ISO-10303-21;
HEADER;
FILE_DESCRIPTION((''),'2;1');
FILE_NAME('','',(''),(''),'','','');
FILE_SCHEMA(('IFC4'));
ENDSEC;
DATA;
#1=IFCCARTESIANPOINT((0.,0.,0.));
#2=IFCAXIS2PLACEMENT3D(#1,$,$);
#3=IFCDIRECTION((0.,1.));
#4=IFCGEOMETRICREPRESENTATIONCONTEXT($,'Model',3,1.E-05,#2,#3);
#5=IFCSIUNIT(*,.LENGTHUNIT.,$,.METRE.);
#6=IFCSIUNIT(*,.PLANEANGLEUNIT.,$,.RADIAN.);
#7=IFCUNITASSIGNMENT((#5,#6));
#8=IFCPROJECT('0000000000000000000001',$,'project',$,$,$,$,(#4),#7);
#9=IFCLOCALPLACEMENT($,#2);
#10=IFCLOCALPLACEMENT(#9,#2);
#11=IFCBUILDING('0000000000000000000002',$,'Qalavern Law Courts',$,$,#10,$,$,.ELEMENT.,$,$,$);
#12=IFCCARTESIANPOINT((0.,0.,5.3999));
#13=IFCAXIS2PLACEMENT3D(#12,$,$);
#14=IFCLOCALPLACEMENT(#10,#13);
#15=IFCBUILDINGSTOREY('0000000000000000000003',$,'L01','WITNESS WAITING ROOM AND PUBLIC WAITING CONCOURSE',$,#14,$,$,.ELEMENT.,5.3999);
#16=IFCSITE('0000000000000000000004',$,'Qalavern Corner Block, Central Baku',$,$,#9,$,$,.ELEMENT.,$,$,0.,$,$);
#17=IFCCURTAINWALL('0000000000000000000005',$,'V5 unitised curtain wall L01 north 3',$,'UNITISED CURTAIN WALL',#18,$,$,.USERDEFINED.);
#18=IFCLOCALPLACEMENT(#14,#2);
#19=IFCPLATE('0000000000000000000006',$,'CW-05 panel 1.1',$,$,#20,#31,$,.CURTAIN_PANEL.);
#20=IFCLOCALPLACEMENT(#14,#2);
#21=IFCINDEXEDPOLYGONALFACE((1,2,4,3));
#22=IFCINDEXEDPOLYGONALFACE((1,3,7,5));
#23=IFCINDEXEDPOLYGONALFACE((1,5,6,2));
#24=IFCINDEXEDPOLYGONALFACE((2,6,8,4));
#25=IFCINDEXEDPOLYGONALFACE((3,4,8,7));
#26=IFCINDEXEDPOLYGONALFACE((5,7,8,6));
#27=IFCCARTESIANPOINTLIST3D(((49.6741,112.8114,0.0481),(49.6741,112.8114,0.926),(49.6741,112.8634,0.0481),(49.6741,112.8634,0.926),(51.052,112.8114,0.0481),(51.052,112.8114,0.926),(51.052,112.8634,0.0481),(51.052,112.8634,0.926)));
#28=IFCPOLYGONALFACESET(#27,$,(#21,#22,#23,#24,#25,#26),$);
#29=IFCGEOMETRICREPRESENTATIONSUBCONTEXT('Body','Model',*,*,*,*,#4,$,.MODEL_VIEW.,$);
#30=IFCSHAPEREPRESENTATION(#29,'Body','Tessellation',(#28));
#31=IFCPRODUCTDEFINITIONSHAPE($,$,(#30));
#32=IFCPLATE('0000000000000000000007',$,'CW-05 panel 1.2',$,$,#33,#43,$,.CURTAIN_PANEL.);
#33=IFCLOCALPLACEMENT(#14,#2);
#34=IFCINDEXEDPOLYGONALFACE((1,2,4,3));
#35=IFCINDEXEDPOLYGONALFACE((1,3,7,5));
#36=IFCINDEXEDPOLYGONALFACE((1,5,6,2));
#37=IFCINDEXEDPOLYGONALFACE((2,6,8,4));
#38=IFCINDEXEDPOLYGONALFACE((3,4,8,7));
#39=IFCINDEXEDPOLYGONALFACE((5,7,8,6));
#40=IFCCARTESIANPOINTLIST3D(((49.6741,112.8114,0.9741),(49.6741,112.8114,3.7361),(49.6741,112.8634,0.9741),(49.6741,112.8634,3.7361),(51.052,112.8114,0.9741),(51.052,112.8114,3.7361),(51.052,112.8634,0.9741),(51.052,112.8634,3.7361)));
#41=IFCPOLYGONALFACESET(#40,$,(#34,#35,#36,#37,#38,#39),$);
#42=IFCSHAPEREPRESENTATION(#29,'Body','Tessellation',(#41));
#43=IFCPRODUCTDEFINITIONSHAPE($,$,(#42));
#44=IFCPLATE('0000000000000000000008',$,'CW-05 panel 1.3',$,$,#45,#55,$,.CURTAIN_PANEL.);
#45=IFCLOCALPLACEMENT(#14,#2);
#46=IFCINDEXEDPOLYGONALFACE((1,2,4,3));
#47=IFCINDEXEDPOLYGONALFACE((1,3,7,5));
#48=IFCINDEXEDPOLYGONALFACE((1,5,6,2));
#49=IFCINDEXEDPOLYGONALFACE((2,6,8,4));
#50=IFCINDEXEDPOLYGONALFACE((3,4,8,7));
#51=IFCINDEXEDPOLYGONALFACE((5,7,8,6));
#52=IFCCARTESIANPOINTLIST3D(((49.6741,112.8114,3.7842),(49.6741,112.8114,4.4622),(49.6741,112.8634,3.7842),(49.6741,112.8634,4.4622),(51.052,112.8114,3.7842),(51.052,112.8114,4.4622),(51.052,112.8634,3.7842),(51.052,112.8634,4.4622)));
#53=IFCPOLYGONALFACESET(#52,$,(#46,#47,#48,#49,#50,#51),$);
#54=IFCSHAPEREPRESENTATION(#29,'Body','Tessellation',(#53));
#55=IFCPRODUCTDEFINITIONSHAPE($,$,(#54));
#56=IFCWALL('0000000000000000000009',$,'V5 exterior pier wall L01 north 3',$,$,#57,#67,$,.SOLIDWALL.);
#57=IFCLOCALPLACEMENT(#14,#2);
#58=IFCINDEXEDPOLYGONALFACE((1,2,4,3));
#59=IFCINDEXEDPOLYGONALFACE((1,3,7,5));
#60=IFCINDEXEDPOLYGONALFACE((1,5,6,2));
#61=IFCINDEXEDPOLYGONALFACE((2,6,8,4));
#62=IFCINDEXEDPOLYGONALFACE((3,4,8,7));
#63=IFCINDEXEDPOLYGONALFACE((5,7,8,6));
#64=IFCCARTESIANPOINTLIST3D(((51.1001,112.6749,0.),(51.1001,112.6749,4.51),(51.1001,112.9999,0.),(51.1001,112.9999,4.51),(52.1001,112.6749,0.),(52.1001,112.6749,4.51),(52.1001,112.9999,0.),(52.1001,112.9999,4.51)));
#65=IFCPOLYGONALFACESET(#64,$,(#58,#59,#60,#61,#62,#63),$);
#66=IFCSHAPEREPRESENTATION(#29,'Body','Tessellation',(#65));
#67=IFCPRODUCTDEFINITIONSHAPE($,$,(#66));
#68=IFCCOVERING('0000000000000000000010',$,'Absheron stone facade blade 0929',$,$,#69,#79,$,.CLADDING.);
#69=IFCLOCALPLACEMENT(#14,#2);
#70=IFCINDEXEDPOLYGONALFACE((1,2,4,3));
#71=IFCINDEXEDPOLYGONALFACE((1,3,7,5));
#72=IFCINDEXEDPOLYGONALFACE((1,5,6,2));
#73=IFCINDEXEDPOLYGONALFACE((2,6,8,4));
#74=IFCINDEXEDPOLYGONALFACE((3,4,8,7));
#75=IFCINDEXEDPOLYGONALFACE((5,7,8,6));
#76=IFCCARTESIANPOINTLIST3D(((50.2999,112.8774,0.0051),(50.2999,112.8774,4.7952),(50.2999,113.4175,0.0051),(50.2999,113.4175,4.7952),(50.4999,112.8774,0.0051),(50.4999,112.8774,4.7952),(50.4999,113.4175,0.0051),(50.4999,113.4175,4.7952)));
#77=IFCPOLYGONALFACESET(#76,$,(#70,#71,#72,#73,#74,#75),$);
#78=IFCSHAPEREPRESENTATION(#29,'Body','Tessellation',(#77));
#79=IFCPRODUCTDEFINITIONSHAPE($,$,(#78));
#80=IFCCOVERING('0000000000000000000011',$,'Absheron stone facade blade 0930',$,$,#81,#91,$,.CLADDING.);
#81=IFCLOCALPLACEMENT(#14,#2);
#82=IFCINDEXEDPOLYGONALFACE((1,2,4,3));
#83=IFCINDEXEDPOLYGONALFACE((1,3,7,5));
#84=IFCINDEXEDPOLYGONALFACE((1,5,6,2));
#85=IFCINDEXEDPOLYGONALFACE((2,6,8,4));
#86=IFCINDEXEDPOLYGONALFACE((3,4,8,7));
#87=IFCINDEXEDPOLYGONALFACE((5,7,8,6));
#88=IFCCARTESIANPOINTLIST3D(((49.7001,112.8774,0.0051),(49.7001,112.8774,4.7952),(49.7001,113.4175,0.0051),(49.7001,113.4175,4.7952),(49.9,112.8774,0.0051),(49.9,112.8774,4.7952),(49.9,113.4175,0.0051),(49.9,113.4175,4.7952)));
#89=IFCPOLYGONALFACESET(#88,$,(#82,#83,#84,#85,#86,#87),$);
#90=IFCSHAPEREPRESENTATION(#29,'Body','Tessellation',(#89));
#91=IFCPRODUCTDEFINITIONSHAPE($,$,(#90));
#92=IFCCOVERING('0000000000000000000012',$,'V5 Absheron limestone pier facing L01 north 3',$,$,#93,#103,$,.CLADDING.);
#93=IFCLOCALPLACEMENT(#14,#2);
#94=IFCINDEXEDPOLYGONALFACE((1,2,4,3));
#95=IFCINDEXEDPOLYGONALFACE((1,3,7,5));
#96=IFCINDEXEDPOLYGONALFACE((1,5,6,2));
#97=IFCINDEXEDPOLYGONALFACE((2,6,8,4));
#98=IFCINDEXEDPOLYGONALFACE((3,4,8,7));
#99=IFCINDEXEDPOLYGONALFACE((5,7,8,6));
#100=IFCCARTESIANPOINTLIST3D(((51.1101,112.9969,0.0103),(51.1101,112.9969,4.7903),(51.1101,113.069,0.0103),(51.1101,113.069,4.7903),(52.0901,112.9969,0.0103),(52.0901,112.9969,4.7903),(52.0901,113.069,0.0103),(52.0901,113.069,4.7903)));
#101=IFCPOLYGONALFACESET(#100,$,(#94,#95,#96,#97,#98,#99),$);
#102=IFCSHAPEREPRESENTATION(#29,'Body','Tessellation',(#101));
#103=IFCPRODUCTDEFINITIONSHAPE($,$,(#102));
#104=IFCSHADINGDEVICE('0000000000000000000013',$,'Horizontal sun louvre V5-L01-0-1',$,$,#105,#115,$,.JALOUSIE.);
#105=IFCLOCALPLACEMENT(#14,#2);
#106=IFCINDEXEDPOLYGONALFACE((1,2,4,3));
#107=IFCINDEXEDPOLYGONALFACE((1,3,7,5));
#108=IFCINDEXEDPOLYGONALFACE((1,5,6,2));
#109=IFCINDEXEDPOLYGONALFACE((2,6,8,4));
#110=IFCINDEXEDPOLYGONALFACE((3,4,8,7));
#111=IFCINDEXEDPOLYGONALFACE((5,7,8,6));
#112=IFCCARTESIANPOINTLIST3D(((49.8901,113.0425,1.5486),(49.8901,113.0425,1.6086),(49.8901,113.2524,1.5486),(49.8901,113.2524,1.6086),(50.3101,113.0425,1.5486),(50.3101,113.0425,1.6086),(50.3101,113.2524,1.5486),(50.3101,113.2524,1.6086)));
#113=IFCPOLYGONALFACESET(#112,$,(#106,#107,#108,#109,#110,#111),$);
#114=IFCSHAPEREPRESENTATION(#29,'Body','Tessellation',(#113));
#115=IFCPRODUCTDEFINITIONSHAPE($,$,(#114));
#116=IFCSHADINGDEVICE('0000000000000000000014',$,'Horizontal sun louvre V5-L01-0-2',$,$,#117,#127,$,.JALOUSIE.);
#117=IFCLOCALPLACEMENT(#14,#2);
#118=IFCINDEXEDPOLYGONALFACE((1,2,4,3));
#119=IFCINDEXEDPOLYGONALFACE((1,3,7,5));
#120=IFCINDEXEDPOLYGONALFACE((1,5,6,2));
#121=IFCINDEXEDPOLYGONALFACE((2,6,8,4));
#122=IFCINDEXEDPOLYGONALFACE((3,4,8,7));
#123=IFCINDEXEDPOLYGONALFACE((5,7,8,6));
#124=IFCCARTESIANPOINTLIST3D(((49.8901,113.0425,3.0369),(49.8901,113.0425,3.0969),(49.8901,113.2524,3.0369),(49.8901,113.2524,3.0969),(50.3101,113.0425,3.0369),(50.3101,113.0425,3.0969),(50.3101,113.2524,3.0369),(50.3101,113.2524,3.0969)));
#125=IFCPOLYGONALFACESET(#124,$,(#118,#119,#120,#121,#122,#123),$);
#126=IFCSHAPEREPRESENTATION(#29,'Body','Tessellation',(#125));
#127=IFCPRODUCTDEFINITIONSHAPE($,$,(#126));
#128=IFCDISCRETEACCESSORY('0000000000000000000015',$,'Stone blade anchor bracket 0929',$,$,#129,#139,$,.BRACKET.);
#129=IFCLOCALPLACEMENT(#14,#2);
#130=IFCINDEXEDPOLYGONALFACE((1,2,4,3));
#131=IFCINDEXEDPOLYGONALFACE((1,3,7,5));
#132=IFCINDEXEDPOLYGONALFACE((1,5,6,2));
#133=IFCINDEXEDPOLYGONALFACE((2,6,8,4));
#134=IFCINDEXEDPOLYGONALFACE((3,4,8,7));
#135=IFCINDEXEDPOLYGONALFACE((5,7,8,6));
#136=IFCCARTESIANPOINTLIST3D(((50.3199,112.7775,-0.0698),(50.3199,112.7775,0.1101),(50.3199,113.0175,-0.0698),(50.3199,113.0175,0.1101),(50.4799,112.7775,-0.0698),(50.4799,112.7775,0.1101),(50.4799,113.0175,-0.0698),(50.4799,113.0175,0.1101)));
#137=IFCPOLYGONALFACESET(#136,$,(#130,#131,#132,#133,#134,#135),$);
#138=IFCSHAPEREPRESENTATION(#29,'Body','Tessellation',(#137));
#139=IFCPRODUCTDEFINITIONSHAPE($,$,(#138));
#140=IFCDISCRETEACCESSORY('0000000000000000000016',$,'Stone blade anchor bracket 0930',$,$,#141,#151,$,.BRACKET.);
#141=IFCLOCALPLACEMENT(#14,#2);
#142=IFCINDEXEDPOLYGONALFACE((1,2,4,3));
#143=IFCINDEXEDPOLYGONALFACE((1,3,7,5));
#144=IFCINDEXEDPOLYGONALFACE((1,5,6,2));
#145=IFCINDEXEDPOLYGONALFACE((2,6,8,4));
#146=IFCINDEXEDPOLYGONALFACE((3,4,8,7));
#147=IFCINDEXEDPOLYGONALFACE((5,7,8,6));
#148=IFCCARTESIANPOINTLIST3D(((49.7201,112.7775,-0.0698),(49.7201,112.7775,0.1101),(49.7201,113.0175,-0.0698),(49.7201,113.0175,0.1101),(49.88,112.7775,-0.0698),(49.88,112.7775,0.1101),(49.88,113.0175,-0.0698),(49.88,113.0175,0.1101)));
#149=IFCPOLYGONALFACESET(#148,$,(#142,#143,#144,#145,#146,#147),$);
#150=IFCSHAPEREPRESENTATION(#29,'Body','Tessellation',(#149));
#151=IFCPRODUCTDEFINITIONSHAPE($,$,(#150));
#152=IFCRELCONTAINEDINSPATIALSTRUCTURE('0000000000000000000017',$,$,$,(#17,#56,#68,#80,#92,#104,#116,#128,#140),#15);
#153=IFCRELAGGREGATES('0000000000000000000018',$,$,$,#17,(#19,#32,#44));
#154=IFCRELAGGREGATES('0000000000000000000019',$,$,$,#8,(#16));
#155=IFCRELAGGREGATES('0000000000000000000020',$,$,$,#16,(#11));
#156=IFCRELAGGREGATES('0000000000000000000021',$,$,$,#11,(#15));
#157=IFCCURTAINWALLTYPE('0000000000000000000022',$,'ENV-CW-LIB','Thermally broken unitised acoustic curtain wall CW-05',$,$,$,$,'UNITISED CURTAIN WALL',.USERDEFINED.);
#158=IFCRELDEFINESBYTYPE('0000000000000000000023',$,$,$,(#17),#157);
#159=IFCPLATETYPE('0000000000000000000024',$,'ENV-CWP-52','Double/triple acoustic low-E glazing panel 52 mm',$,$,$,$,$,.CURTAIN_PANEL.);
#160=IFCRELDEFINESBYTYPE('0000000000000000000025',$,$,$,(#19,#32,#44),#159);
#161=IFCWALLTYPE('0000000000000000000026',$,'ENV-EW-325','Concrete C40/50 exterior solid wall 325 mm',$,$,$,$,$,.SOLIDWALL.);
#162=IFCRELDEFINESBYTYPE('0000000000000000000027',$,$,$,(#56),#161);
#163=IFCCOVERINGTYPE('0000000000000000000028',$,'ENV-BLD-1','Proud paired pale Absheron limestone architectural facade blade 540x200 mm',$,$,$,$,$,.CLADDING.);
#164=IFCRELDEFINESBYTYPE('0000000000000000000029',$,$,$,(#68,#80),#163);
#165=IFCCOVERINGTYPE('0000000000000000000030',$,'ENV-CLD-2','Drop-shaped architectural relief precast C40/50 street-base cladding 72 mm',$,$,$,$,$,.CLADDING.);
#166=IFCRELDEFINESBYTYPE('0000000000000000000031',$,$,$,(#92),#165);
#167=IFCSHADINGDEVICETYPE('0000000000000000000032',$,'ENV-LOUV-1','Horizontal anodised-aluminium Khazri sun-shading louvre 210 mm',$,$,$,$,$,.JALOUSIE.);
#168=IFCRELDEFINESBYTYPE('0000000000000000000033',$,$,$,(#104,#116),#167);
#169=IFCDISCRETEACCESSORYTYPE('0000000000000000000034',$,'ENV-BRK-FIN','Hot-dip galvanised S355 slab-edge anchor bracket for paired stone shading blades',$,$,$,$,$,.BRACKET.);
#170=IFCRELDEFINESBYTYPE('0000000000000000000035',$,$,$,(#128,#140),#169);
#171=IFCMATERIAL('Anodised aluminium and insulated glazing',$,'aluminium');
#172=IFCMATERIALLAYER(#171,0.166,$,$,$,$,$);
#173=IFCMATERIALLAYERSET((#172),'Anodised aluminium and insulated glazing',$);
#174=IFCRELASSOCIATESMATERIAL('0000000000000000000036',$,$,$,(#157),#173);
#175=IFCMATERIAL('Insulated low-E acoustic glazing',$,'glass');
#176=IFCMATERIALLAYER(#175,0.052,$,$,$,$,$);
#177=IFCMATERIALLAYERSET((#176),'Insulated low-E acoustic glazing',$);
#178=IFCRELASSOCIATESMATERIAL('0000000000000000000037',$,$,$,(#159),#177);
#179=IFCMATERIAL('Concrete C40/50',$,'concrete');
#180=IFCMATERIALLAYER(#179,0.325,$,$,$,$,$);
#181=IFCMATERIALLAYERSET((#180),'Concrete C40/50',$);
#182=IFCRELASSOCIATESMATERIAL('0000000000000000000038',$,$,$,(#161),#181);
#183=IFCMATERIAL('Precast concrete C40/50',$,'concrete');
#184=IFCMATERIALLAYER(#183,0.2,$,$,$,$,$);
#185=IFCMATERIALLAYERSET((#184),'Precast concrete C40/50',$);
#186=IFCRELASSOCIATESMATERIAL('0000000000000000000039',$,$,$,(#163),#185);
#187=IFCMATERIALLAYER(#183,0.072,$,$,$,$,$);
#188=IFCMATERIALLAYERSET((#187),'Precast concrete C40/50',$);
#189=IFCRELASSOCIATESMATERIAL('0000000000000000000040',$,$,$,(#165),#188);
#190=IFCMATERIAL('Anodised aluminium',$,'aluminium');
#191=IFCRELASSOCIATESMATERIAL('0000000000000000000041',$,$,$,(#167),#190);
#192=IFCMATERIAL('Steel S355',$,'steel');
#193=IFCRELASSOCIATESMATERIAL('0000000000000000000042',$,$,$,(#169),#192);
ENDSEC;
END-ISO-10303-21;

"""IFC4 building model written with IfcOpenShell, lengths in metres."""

from ifc_helpers import new_model, si_unit, direction, frame, frame_2d, origin, origin_2d, place, context, subcontext, project, spatial, rectangle, extrude, material, layer, layer_set, type_object, element, aggregate, save


model = new_model("IFC4")

# Units and contexts
model_context = context("Model", 3, precision=1e-05, world=origin(), true_north=direction((0.0, 1.0)))
body_context = subcontext(model_context, "Body", "Model", "MODEL_VIEW")
ifc_project = project(units=[si_unit("LENGTHUNIT", "METRE"), si_unit("PLANEANGLEUNIT", "RADIAN")], contexts=[model_context])

# Site, building, storey
site_placement = place(None, origin())
site = spatial("IfcSite", under=ifc_project, at=site_placement, Name="Qalavern Corner Block, Central Baku", CompositionType="ELEMENT", RefElevation=0.0)
building_placement = place(site_placement, origin())
building = spatial("IfcBuilding", under=site, at=building_placement, Name="Qalavern Law Courts", CompositionType="ELEMENT")
storey_placement = place(building_placement, frame((0.0, 0.0, 5.3999)))
storey = spatial("IfcBuildingStorey", under=building, at=storey_placement, Name="L01", Description="WITNESS WAITING ROOM AND PUBLIC WAITING CONCOURSE", CompositionType="ELEMENT", Elevation=5.3999)

# Shared definitions
ifc_material_1 = material(Name="Anodised aluminium and insulated glazing", Category="aluminium")
ifc_layer_1 = layer(ifc_material_1, 0.166)
ifc_layer_set_1 = layer_set([ifc_layer_1], Name="Anodised aluminium and insulated glazing")
curtain_wall_type = type_object("IfcCurtainWallType", Name="ENV-CW-LIB", Description="Thermally broken unitised acoustic curtain wall CW-05", ElementType="UNITISED CURTAIN WALL", PredefinedType="USERDEFINED", material=ifc_layer_set_1)
ifc_material_2 = material(Name="Anodised aluminium", Category="aluminium")

# Curtain wall, plates
curtain_wall_1_placement = place(storey_placement, origin())
curtain_wall_1 = element("IfcCurtainWall", 1, at=curtain_wall_1_placement, inside=storey, type_object=curtain_wall_type, Name="V5 unitised curtain wall L01 north 3", ObjectType="UNITISED CURTAIN WALL", PredefinedType="USERDEFINED")
ifc_material_3 = material(Name="Insulated low-E acoustic glazing", Category="glass")
ifc_layer_2 = layer(ifc_material_3, 0.052)
ifc_layer_set_2 = layer_set([ifc_layer_2], Name="Insulated low-E acoustic glazing")
plate_type = type_object("IfcPlateType", Name="ENV-CWP-52", Description="Double/triple acoustic low-E glazing panel 52 mm", PredefinedType="CURTAIN_PANEL", material=ifc_layer_set_2)
plate_1_placement = place(storey_placement, frame((50.363, 112.8374, 0.0481), z_axis=(0.0, 0.0, 1.0), x_axis=(-1.0, 0.0, 0.0)))
plate_1 = element("IfcPlate", 2, at=plate_1_placement, type_object=plate_type, Name="CW-05 panel 1.1", PredefinedType="CURTAIN_PANEL", context=body_context, shape_type="SweptSolid", body=[
    extrude(rectangle(XDim=1.3779, YDim=0.052, at=origin_2d()), origin(), (0.0, 0.0, 1.0), 0.8779),
])
plate_2_placement = place(storey_placement, frame((50.363, 112.8374, 0.9741), z_axis=(0.0, 0.0, 1.0), x_axis=(-1.0, 0.0, 0.0)))
plate_2 = element("IfcPlate", 3, at=plate_2_placement, type_object=plate_type, Name="CW-05 panel 1.2", PredefinedType="CURTAIN_PANEL", context=body_context, shape_type="SweptSolid", body=[
    extrude(rectangle(XDim=1.3779, YDim=0.052, at=origin_2d()), origin(), (0.0, 0.0, 1.0), 2.762),
])
plate_3_placement = place(storey_placement, frame((50.363, 112.8374, 3.7842), z_axis=(0.0, 0.0, 1.0), x_axis=(-1.0, 0.0, 0.0)))
plate_3 = element("IfcPlate", 4, at=plate_3_placement, type_object=plate_type, Name="CW-05 panel 1.3", PredefinedType="CURTAIN_PANEL", context=body_context, shape_type="SweptSolid", body=[
    extrude(rectangle(XDim=1.3779, YDim=0.052, at=origin_2d()), origin(), (0.0, 0.0, 1.0), 0.678),
])
aggregate(curtain_wall_1, [plate_1, plate_2, plate_3])

# Wall
ifc_material_4 = material(Name="Concrete C40/50", Category="concrete")
ifc_layer_3 = layer(ifc_material_4, 0.325)
ifc_layer_set_3 = layer_set([ifc_layer_3], Name="Concrete C40/50")
wall_type = type_object("IfcWallType", Name="ENV-EW-325", Description="Concrete C40/50 exterior solid wall 325 mm", PredefinedType="SOLIDWALL", material=ifc_layer_set_3)
wall_placement = place(storey_placement, frame((52.1001, 112.8374, 0.0), z_axis=(0.0, 0.0, 1.0), x_axis=(-1.0, 0.0, 0.0)))
element("IfcWall", 5, at=wall_placement, inside=storey, type_object=wall_type, Name="V5 exterior pier wall L01 north 3", PredefinedType="SOLIDWALL", context=body_context, shape_type="SweptSolid", body=[
    extrude(rectangle(XDim=1.0, YDim=0.325, at=frame_2d((0.5, 0.0))), origin(), (0.0, 0.0, 1.0), 4.51),
])

# Coverings
ifc_material_5 = material(Name="Precast concrete C40/50", Category="concrete")
ifc_layer_4 = layer(ifc_material_5, 0.2)
ifc_layer_set_4 = layer_set([ifc_layer_4], Name="Precast concrete C40/50")
covering_type_1 = type_object("IfcCoveringType", Name="ENV-BLD-1", Description="Proud paired pale Absheron limestone architectural facade blade 540x200 mm", PredefinedType="CLADDING", material=ifc_layer_set_4)
for number, where, z_axis, x_axis, name in (
    (6, (50.3999, 113.1475, 0.0051), (0.0, 0.0, 1.0), (0.0, 1.0, 0.0), "Absheron stone facade blade 0929"),
    (7, (49.8, 113.1475, 0.0051), (0.0, 0.0, 1.0), (0.0, 1.0, 0.0), "Absheron stone facade blade 0930"),
):
    element("IfcCovering", number, at=place(storey_placement, frame(where, z_axis=z_axis, x_axis=x_axis)), inside=storey, type_object=covering_type_1, Name=name, PredefinedType="CLADDING", context=body_context, shape_type="SweptSolid", body=[
        extrude(rectangle(XDim=0.54, YDim=0.2, at=origin_2d()), origin(), (0.0, 0.0, 1.0), 4.79),
    ])
ifc_layer_5 = layer(ifc_material_5, 0.072)
ifc_layer_set_5 = layer_set([ifc_layer_5], Name="Precast concrete C40/50")
covering_type_2 = type_object("IfcCoveringType", Name="ENV-CLD-2", Description="Drop-shaped architectural relief precast C40/50 street-base cladding 72 mm", PredefinedType="CLADDING", material=ifc_layer_set_5)
covering_placement = place(storey_placement, frame((51.6001, 113.033, 0.0103), z_axis=(0.0, 0.0, 1.0), x_axis=(-1.0, 0.0, 0.0)))
element("IfcCovering", 8, at=covering_placement, inside=storey, type_object=covering_type_2, Name="V5 Absheron limestone pier facing L01 north 3", PredefinedType="CLADDING", context=body_context, shape_type="SweptSolid", body=[
    extrude(rectangle(XDim=0.98, YDim=0.072, at=origin_2d()), origin(), (0.0, 0.0, 1.0), 4.78),
])

# Shading devices
shading_device_type = type_object("IfcShadingDeviceType", Name="ENV-LOUV-1", Description="Horizontal anodised-aluminium Khazri sun-shading louvre 210 mm", PredefinedType="JALOUSIE", material=ifc_material_2)
for number, where, z_axis, x_axis, name in (
    (9, (50.1001, 113.1475, 1.5486), (0.0, 0.0, 1.0), (-1.0, 0.0, 0.0), "Horizontal sun louvre V5-L01-0-1"),
    (10, (50.1001, 113.1475, 3.0369), (0.0, 0.0, 1.0), (-1.0, 0.0, 0.0), "Horizontal sun louvre V5-L01-0-2"),
):
    element("IfcShadingDevice", number, at=place(storey_placement, frame(where, z_axis=z_axis, x_axis=x_axis)), inside=storey, type_object=shading_device_type, Name=name, PredefinedType="JALOUSIE", context=body_context, shape_type="SweptSolid", body=[
        extrude(rectangle(XDim=0.4199, YDim=0.21, at=origin_2d()), origin(), (0.0, 0.0, 1.0), 0.0601),
    ])

# Discrete accessories
ifc_material_6 = material(Name="Steel S355", Category="steel")
discrete_accessory_type = type_object("IfcDiscreteAccessoryType", Name="ENV-BRK-FIN", Description="Hot-dip galvanised S355 slab-edge anchor bracket for paired stone shading blades", PredefinedType="BRACKET", material=ifc_material_6)
for number, where, z_axis, x_axis, name in (
    (11, (50.3999, 112.8975, -0.0698), (0.0, 0.0, 1.0), (0.0, 1.0, 0.0), "Stone blade anchor bracket 0929"),
    (12, (49.8, 112.8975, -0.0698), (0.0, 0.0, 1.0), (0.0, 1.0, 0.0), "Stone blade anchor bracket 0930"),
):
    element("IfcDiscreteAccessory", number, at=place(storey_placement, frame(where, z_axis=z_axis, x_axis=x_axis)), inside=storey, type_object=discrete_accessory_type, Name=name, PredefinedType="BRACKET", context=body_context, shape_type="SweptSolid", body=[
        extrude(rectangle(XDim=0.24, YDim=0.1599, at=origin_2d()), origin(), (0.0, 0.0, 1.0), 0.1799),
    ])

save(model, "model.ifc")
